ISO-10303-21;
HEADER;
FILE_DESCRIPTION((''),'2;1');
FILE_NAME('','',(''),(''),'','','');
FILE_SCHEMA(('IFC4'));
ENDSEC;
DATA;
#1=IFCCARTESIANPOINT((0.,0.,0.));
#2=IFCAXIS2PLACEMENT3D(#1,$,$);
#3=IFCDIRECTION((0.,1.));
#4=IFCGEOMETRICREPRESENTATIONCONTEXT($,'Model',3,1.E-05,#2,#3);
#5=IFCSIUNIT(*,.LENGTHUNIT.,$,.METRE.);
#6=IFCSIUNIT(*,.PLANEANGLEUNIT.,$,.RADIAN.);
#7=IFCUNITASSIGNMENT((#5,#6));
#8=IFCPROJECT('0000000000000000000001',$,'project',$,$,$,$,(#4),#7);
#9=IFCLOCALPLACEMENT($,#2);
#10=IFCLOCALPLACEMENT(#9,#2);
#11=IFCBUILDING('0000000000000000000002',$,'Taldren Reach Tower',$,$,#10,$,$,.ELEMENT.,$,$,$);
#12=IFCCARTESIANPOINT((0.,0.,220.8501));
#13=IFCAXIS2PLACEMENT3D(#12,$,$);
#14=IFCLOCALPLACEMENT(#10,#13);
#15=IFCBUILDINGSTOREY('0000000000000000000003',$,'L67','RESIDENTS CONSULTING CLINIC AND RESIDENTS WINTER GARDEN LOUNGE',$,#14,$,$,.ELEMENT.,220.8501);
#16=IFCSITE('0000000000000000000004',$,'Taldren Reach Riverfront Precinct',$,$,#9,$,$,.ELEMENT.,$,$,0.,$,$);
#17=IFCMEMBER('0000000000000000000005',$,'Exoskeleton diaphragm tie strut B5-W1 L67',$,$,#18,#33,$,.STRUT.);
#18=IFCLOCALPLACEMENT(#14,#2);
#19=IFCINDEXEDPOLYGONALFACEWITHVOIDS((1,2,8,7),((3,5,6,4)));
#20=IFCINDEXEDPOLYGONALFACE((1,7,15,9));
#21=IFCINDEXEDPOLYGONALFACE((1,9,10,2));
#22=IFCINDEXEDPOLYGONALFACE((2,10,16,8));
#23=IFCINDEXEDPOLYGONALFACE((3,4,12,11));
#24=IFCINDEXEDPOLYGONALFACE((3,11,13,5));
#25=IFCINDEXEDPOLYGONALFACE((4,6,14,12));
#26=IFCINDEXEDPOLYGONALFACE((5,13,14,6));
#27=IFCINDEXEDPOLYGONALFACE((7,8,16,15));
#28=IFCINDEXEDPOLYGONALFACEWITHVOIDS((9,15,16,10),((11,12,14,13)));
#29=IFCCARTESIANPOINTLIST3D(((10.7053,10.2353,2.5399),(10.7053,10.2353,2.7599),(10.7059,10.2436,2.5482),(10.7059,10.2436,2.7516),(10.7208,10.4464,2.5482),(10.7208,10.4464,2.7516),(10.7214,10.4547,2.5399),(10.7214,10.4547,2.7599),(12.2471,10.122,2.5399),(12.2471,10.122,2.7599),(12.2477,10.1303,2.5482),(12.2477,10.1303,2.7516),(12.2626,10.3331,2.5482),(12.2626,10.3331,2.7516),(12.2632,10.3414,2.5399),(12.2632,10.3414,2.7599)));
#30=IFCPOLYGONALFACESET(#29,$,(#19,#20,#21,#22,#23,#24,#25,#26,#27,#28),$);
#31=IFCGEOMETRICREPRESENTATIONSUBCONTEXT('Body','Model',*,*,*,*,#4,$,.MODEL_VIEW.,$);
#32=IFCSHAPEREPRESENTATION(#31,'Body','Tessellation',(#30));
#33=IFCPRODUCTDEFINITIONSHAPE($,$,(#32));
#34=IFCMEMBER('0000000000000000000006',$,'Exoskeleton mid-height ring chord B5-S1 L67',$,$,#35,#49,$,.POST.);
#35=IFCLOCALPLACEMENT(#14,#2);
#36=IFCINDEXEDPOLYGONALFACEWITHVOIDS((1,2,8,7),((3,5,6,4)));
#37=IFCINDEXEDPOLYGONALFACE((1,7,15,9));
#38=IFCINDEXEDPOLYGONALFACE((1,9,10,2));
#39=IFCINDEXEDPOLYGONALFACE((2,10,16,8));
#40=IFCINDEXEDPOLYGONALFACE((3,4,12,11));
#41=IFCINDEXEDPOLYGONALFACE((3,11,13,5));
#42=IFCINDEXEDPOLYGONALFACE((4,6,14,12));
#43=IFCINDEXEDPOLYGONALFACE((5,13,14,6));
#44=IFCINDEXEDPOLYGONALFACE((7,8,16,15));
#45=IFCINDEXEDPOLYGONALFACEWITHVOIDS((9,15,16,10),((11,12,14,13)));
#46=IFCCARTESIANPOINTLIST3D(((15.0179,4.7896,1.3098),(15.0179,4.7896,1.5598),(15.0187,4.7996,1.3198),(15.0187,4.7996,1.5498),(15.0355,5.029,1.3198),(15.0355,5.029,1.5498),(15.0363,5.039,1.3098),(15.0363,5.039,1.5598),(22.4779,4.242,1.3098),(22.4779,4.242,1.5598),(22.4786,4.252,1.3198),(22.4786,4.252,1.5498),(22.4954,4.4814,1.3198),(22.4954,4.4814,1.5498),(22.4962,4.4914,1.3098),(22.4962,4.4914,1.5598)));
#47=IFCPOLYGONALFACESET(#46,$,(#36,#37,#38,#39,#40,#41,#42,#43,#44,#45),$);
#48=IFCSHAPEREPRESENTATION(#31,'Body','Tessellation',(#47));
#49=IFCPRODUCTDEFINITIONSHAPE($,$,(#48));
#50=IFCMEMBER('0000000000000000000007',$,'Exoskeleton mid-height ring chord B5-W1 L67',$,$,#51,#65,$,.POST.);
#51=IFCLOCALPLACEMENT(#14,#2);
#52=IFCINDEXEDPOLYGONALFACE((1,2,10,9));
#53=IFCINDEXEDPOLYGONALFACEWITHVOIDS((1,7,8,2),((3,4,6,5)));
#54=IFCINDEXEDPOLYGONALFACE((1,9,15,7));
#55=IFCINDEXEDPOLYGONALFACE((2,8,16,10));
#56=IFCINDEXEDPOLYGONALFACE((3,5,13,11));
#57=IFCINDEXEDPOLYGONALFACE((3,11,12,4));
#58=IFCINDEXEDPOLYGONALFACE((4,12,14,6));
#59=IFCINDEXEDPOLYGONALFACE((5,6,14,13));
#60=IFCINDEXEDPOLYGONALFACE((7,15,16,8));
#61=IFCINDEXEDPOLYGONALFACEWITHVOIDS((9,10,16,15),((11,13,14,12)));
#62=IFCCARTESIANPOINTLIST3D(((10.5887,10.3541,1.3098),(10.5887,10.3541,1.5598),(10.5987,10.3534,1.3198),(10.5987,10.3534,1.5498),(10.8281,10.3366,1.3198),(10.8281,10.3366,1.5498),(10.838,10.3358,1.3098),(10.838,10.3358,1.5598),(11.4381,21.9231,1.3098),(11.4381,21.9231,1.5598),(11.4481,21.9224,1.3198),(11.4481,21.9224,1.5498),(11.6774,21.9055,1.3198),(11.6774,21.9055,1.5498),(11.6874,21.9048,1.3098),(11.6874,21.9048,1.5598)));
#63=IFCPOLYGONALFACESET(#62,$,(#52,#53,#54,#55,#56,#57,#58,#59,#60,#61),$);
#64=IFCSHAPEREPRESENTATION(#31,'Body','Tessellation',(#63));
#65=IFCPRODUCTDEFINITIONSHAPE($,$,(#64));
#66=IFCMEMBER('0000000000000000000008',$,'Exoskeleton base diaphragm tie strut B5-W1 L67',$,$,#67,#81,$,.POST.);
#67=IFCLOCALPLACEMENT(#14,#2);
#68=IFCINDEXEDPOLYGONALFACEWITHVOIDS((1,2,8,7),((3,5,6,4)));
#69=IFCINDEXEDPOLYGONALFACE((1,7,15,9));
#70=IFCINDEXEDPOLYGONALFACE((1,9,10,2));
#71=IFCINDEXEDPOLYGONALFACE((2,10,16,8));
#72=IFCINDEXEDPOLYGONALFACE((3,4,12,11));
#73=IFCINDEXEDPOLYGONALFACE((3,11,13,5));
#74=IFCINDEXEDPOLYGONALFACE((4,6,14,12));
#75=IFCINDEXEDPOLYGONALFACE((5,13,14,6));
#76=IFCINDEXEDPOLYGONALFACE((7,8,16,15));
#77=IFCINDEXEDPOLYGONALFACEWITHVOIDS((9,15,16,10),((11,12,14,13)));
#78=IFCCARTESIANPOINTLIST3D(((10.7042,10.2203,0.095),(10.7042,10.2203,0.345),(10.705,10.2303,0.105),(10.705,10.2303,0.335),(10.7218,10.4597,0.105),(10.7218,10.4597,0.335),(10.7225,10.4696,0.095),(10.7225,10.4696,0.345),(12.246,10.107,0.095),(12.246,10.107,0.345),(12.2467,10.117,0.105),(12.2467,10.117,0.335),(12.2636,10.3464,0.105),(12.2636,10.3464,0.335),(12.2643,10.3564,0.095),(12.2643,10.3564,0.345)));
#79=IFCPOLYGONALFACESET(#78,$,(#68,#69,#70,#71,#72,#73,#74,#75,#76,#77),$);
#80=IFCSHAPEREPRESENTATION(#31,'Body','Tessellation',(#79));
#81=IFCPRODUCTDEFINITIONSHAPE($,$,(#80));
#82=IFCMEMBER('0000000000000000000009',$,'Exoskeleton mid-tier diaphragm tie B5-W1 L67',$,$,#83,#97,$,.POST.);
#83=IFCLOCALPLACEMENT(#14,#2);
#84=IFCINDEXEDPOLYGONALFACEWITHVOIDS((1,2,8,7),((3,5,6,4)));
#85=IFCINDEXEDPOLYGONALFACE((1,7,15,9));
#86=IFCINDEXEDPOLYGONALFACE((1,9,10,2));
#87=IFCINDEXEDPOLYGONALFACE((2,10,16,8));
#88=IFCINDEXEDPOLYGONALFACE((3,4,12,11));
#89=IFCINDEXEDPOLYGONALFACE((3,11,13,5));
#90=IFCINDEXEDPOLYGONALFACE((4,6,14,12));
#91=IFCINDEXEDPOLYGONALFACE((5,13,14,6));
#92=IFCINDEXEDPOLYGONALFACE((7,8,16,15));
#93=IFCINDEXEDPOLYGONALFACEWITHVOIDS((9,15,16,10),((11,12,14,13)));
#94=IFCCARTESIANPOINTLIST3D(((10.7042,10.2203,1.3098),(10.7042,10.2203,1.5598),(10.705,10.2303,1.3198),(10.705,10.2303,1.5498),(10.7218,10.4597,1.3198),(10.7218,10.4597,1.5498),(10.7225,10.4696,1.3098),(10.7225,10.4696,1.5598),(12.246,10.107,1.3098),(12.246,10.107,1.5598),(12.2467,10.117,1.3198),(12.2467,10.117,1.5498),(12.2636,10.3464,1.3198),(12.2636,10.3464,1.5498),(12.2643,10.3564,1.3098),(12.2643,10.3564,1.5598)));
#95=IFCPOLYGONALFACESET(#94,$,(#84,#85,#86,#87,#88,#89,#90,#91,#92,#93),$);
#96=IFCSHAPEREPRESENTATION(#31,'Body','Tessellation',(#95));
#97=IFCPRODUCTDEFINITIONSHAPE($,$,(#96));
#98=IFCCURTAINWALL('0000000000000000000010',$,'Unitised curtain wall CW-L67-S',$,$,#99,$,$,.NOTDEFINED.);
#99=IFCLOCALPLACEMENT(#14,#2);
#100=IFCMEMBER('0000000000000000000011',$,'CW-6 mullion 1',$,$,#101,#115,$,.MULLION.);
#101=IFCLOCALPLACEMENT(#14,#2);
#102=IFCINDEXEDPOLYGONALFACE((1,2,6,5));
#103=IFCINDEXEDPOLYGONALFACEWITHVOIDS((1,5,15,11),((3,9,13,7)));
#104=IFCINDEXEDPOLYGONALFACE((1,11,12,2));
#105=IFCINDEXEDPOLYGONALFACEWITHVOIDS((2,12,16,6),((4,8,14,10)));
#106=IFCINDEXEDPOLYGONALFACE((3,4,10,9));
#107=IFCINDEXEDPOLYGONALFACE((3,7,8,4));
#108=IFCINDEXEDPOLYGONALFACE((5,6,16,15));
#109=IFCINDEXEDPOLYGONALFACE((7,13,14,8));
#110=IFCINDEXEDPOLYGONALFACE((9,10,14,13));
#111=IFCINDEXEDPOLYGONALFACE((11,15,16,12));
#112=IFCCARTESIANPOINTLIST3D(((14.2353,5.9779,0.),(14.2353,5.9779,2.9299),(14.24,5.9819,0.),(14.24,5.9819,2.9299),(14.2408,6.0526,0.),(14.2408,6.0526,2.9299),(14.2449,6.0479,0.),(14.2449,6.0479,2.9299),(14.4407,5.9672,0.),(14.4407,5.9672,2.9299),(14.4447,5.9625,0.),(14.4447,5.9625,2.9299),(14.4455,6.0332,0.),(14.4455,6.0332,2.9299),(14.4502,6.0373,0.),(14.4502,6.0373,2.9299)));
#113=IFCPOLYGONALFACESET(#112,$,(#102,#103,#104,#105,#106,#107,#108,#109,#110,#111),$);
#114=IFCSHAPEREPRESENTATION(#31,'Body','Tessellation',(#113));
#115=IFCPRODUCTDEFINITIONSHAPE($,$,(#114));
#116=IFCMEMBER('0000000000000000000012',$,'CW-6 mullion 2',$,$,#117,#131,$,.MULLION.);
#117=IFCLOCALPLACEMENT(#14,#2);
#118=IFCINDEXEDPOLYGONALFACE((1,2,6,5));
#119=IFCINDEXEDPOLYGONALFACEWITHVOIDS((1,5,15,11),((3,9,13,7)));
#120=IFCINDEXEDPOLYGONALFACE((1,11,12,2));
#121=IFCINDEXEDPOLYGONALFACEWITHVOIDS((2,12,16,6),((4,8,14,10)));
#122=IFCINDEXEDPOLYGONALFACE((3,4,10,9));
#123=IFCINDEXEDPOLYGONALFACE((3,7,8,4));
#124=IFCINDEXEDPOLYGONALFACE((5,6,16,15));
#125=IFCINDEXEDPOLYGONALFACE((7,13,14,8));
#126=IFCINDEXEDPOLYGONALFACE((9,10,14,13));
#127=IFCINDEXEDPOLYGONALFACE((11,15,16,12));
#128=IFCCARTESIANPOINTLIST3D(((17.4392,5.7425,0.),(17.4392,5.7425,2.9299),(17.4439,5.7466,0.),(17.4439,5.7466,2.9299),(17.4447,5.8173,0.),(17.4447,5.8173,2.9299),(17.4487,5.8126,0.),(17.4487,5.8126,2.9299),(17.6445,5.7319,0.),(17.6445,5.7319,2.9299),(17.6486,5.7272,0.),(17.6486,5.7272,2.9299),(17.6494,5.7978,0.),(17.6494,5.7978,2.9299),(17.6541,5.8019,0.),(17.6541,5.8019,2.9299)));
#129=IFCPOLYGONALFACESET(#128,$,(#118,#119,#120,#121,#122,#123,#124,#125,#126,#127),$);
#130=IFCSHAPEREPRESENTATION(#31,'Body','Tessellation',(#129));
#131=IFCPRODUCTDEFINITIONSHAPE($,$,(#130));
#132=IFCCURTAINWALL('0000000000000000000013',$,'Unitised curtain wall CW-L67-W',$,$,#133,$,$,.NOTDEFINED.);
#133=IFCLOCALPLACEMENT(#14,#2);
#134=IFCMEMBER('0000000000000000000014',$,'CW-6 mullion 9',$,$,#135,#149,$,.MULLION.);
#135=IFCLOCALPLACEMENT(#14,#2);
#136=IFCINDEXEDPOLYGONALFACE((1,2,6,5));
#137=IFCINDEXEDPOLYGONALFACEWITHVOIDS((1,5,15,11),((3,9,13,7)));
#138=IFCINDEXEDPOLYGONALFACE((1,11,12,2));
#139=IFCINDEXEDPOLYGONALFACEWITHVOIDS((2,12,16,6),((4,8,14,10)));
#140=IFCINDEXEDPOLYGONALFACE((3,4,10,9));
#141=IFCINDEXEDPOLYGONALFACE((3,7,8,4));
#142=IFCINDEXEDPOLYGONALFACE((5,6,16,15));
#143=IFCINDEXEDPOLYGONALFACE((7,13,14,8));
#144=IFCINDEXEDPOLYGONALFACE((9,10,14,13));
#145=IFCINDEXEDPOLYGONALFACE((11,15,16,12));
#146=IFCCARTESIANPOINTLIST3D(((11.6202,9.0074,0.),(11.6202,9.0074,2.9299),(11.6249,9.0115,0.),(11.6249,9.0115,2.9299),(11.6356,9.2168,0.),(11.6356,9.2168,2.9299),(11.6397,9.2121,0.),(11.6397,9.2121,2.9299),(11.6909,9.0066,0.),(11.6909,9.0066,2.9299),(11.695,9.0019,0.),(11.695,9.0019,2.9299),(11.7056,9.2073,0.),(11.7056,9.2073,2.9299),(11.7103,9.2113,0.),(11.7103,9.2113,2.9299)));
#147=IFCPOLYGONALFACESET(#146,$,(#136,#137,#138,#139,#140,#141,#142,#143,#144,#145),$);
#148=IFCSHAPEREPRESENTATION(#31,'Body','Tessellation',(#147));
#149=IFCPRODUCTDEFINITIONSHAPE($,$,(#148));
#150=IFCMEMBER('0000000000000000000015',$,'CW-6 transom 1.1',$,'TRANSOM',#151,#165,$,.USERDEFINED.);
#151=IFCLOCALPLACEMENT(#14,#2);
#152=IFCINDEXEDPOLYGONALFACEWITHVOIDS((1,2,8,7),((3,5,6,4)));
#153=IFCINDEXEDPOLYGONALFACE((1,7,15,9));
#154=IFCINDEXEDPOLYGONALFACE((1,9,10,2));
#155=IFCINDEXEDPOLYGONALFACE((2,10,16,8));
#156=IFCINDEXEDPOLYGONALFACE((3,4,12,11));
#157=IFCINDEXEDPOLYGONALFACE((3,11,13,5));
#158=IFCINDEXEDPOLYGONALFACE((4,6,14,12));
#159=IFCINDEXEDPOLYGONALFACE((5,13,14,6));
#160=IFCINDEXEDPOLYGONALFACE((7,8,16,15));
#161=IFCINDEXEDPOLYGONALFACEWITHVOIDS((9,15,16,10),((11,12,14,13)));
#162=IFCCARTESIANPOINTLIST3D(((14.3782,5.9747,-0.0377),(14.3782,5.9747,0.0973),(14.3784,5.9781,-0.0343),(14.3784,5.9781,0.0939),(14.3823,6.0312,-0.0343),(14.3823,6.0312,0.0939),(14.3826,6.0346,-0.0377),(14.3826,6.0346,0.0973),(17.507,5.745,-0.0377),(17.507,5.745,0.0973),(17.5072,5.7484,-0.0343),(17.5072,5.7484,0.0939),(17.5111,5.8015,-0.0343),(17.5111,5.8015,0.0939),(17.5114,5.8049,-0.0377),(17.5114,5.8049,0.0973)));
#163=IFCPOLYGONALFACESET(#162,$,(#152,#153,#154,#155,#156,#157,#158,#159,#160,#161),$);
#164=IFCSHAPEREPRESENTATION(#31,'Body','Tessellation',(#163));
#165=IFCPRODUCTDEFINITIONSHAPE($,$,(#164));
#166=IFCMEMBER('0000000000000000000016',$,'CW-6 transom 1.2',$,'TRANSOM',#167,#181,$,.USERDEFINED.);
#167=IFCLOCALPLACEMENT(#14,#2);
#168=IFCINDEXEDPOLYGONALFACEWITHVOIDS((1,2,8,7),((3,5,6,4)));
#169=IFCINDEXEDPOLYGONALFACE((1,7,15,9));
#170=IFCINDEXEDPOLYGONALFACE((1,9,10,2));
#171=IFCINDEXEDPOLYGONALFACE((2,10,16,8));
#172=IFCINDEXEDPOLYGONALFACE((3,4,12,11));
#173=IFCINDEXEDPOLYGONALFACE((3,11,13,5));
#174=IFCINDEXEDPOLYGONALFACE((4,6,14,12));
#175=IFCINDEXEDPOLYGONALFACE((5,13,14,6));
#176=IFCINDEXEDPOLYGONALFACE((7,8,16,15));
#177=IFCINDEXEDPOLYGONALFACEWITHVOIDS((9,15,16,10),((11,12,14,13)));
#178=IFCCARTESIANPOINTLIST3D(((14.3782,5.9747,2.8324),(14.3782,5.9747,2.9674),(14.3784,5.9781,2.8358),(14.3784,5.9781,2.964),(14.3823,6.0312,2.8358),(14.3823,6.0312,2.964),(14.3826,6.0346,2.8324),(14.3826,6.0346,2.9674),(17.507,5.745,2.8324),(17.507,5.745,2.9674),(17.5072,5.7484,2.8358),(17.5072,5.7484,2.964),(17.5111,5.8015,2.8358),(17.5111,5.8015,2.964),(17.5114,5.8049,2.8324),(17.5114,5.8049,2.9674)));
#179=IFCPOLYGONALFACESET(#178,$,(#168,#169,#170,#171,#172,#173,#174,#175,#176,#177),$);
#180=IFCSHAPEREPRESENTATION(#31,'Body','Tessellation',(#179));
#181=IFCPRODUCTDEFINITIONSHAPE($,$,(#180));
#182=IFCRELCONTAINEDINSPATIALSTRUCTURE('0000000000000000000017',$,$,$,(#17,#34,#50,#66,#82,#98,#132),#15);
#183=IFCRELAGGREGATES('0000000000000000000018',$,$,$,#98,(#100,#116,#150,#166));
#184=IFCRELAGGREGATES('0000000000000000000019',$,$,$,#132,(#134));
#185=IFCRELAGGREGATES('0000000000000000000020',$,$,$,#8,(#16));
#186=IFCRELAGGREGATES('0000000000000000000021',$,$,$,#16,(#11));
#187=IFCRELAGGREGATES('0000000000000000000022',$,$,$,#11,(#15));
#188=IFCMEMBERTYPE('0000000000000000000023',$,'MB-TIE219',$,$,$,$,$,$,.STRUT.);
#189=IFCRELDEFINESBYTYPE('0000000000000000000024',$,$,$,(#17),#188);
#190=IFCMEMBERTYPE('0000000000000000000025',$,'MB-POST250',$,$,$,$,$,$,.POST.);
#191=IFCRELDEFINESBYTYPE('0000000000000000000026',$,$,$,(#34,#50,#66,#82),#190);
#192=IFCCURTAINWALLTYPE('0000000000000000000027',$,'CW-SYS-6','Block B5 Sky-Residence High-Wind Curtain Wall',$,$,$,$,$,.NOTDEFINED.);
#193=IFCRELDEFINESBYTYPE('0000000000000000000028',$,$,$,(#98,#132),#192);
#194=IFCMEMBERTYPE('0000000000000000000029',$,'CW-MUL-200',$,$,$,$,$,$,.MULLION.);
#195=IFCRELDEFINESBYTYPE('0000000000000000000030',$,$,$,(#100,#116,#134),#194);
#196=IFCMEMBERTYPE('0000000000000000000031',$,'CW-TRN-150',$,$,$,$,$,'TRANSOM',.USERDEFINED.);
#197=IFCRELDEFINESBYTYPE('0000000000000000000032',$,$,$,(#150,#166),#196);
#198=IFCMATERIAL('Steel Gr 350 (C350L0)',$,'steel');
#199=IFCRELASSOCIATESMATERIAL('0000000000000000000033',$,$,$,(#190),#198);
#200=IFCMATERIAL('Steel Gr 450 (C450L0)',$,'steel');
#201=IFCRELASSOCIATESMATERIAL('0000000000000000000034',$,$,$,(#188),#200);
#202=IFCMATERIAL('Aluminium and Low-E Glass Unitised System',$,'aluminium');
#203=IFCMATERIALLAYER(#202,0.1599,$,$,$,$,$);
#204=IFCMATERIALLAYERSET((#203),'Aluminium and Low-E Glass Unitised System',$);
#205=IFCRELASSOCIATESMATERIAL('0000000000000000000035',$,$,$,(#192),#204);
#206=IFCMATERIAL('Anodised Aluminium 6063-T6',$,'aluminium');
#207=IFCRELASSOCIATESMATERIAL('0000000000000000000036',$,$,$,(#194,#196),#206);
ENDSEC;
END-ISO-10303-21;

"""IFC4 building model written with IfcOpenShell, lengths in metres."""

from ifc_helpers import new_model, si_unit, direction, frame, origin, origin_2d, place, context, subcontext, project, spatial, hollow_rectangle, extrude, source, transform, mapped, material, layer, layer_set, material_profile, profile_set, type_object, element, aggregate, save


model = new_model("IFC4")

# Units and contexts
model_context = context("Model", 3, precision=1e-05, world=origin(), true_north=direction((0.0, 1.0)))
body_context = subcontext(model_context, "Body", "Model", "MODEL_VIEW")
ifc_project = project(units=[si_unit("LENGTHUNIT", "METRE"), si_unit("PLANEANGLEUNIT", "RADIAN")], contexts=[model_context])

# Site, building, storey
site_placement = place(None, origin())
site = spatial("IfcSite", under=ifc_project, at=site_placement, Name="Taldren Reach Riverfront Precinct", CompositionType="ELEMENT", RefElevation=0.0)
building_placement = place(site_placement, origin())
building = spatial("IfcBuilding", under=site, at=building_placement, Name="Taldren Reach Tower", CompositionType="ELEMENT")
storey_placement = place(building_placement, frame((0.0, 0.0, 220.8501)))
storey = spatial("IfcBuildingStorey", under=building, at=storey_placement, Name="L67", Description="RESIDENTS CONSULTING CLINIC AND RESIDENTS WINTER GARDEN LOUNGE", CompositionType="ELEMENT", Elevation=220.8501)

# Shared definitions
ifc_material_1 = material(Name="Steel Gr 350 (C350L0)", Category="steel")

# Shared definitions
ifc_material_profile_1 = material_profile(ifc_material_1, hollow_rectangle(XDim=0.25, YDim=0.25, WallThickness=0.01, at=origin_2d()), Name="250x250x10.0SHS")
ifc_profile_set_1 = profile_set([ifc_material_profile_1], Name="Steel Gr 350 (C350L0)")
member_type_1 = type_object("IfcMemberType", Name="MB-POST250", PredefinedType="POST", material=ifc_profile_set_1)
ifc_material_2 = material(Name="Steel Gr 450 (C450L0)", Category="steel")
ifc_material_profile_2 = material_profile(ifc_material_2, hollow_rectangle(XDim=0.22, YDim=0.22, WallThickness=0.0083, at=origin_2d()), Name="220x220x8.2SHS")
ifc_profile_set_2 = profile_set([ifc_material_profile_2], Name="Steel Gr 450 (C450L0)")
member_type_2 = type_object("IfcMemberType", Name="MB-TIE219", PredefinedType="STRUT", material=ifc_profile_set_2)

# Members
shared_shape_1 = source(origin(), body_context, "Body", "SweptSolid", [
    extrude(hollow_rectangle(XDim=0.22, YDim=0.22, WallThickness=0.0083, at=origin_2d()), origin(), (0.0, 0.0, 1.0), 1.5459),
])
member_1_placement = place(storey_placement, frame((12.2551, 10.2317, 2.6499), z_axis=(-0.997312, 0.073278, 0.0), x_axis=(-0.073278, -0.997312, 0.0)))
element("IfcMember", 1, at=member_1_placement, inside=storey, type_object=member_type_2, Name="Exoskeleton diaphragm tie strut B5-W1 L67", PredefinedType="STRUT", context=body_context, shape_type="MappedRepresentation", body=[
    mapped(shared_shape_1, transform((0.0, 0.0, 0.0), scale=1.0)),
])
shared_shape_2 = source(origin(), body_context, "Body", "SweptSolid", [
    extrude(hollow_rectangle(XDim=0.25, YDim=0.25, WallThickness=0.01, at=origin_2d()), origin(), (0.0, 0.0, 1.0), 7.48),
])
member_2_placement = place(storey_placement, frame((15.0271, 4.9143, 1.4348), z_axis=(0.997317, -0.073209, 0.0), x_axis=(0.073209, 0.997317, 0.0)))
element("IfcMember", 2, at=member_2_placement, inside=storey, type_object=member_type_1, Name="Exoskeleton mid-height ring chord B5-S1 L67", PredefinedType="POST", context=body_context, shape_type="MappedRepresentation", body=[
    mapped(shared_shape_2, transform((0.0, 0.0, 0.0), scale=1.0)),
])
shared_shape_3 = source(origin(), body_context, "Body", "SweptSolid", [
    extrude(hollow_rectangle(XDim=0.25, YDim=0.25, WallThickness=0.01, at=origin_2d()), origin(), (0.0, 0.0, 1.0), 11.6001),
])
member_3_placement = place(storey_placement, frame((10.7134, 10.345, 1.4348), z_axis=(0.073221, 0.997316, 0.0), x_axis=(-0.997316, 0.073221, 0.0)))
element("IfcMember", 3, at=member_3_placement, inside=storey, type_object=member_type_1, Name="Exoskeleton mid-height ring chord B5-W1 L67", PredefinedType="POST", context=body_context, shape_type="MappedRepresentation", body=[
    mapped(shared_shape_3, transform((0.0, 0.0, 0.0), scale=1.0)),
])
shared_shape_4 = source(origin(), body_context, "Body", "SweptSolid", [
    extrude(hollow_rectangle(XDim=0.25, YDim=0.25, WallThickness=0.01, at=origin_2d()), origin(), (0.0, 0.0, 1.0), 1.5459),
])
for number, where, z_axis, x_axis, name in (
    (4, (12.2551, 10.2317, 0.22), (-0.997312, 0.073278, 0.0), (-0.073278, -0.997312, 0.0), "Exoskeleton base diaphragm tie strut B5-W1 L67"),
    (5, (12.2551, 10.2317, 1.4348), (-0.997312, 0.073278, 0.0), (-0.073278, -0.997312, 0.0), "Exoskeleton mid-tier diaphragm tie B5-W1 L67"),
):
    element("IfcMember", number, at=place(storey_placement, frame(where, z_axis=z_axis, x_axis=x_axis)), inside=storey, type_object=member_type_1, Name=name, PredefinedType="POST", context=body_context, shape_type="MappedRepresentation", body=[
        mapped(shared_shape_4, transform((0.0, 0.0, 0.0), scale=1.0)),
    ])

# Curtain wall, members
ifc_material_3 = material(Name="Aluminium and Low-E Glass Unitised System", Category="aluminium")
ifc_layer_1 = layer(ifc_material_3, 0.1599)
ifc_layer_set_1 = layer_set([ifc_layer_1], Name="Aluminium and Low-E Glass Unitised System")
curtain_wall_type = type_object("IfcCurtainWallType", Name="CW-SYS-6", Description="Block B5 Sky-Residence High-Wind Curtain Wall", PredefinedType="NOTDEFINED", material=ifc_layer_set_1)
curtain_wall_1_placement = place(storey_placement, origin())
curtain_wall_1 = element("IfcCurtainWall", 6, at=curtain_wall_1_placement, inside=storey, type_object=curtain_wall_type, Name="Unitised curtain wall CW-L67-S", PredefinedType="NOTDEFINED")
ifc_material_4 = material(Name="Anodised Aluminium 6063-T6", Category="aluminium")
ifc_material_profile_3 = material_profile(ifc_material_4, hollow_rectangle(XDim=0.075, YDim=0.21, WallThickness=0.0044, at=origin_2d()), Name="ALU-210x75x4.5RHS")
ifc_profile_set_3 = profile_set([ifc_material_profile_3], Name="Anodised Aluminium 6063-T6")
member_type_3 = type_object("IfcMemberType", Name="CW-MUL-200", PredefinedType="MULLION", material=ifc_profile_set_3)
shared_shape_5 = source(origin(), body_context, "Body", "SweptSolid", [
    extrude(hollow_rectangle(XDim=0.075, YDim=0.21, WallThickness=0.0044, at=origin_2d()), origin(), (0.0, 0.0, 1.0), 2.9299),
])
member_4_placement = place(storey_placement, frame((14.3428, 6.0076, 0.0), z_axis=(0.0, 0.0, 1.0), x_axis=(0.073238, 0.997314, 0.0)))
member_4 = element("IfcMember", 7, at=member_4_placement, type_object=member_type_3, Name="CW-6 mullion 1", PredefinedType="MULLION", context=body_context, shape_type="MappedRepresentation", body=[
    mapped(shared_shape_5, transform((0.0, 0.0, 0.0), scale=1.0)),
])
member_5_placement = place(storey_placement, frame((17.5466, 5.7722, 0.0), z_axis=(0.0, 0.0, 1.0), x_axis=(0.073238, 0.997314, 0.0)))
member_5 = element("IfcMember", 8, at=member_5_placement, type_object=member_type_3, Name="CW-6 mullion 2", PredefinedType="MULLION", context=body_context, shape_type="MappedRepresentation", body=[
    mapped(shared_shape_5, transform((0.0, 0.0, 0.0), scale=1.0)),
])

# Curtain wall, member
curtain_wall_2_placement = place(storey_placement, origin())
curtain_wall_2 = element("IfcCurtainWall", 9, at=curtain_wall_2_placement, inside=storey, type_object=curtain_wall_type, Name="Unitised curtain wall CW-L67-W", PredefinedType="NOTDEFINED")
member_6_placement = place(storey_placement, frame((11.6653, 9.1094, 0.0), z_axis=(0.0, 0.0, 1.0), x_axis=(0.997314, -0.073238, 0.0)))
member_6 = element("IfcMember", 10, at=member_6_placement, type_object=member_type_3, Name="CW-6 mullion 9", PredefinedType="MULLION", context=body_context, shape_type="MappedRepresentation", body=[
    mapped(shared_shape_5, transform((0.0, 0.0, 0.0), scale=1.0)),
])

# Members
ifc_material_profile_4 = material_profile(ifc_material_4, hollow_rectangle(XDim=0.0601, YDim=0.135, WallThickness=0.0034, at=origin_2d()), Name="ALU-135x60x3.5RHS")
ifc_profile_set_4 = profile_set([ifc_material_profile_4], Name="Anodised Aluminium 6063-T6")
member_type_4 = type_object("IfcMemberType", Name="CW-TRN-150", ElementType="TRANSOM", PredefinedType="USERDEFINED", material=ifc_profile_set_4)
shared_shape_6 = source(origin(), body_context, "Body", "SweptSolid", [
    extrude(hollow_rectangle(XDim=0.0601, YDim=0.135, WallThickness=0.0034, at=origin_2d()), origin(), (0.0, 0.0, 1.0), 3.1372),
])
member_7_placement = place(storey_placement, frame((14.3804, 6.0046, 0.0298), z_axis=(0.997315, -0.073227, 0.0), x_axis=(0.073227, 0.997315, 0.0)))
member_7 = element("IfcMember", 11, at=member_7_placement, type_object=member_type_4, Name="CW-6 transom 1.1", ObjectType="TRANSOM", PredefinedType="USERDEFINED", context=body_context, shape_type="MappedRepresentation", body=[
    mapped(shared_shape_6, transform((0.0, 0.0, 0.0), scale=1.0)),
])
member_8_placement = place(storey_placement, frame((14.3804, 6.0046, 2.8999), z_axis=(0.997315, -0.073227, 0.0), x_axis=(0.073227, 0.997315, 0.0)))
member_8 = element("IfcMember", 12, at=member_8_placement, type_object=member_type_4, Name="CW-6 transom 1.2", ObjectType="TRANSOM", PredefinedType="USERDEFINED", context=body_context, shape_type="MappedRepresentation", body=[
    mapped(shared_shape_6, transform((0.0, 0.0, 0.0), scale=1.0)),
])

aggregate(curtain_wall_1, [member_4, member_5, member_7, member_8])
aggregate(curtain_wall_2, [member_6])

save(model, "model.ifc")
